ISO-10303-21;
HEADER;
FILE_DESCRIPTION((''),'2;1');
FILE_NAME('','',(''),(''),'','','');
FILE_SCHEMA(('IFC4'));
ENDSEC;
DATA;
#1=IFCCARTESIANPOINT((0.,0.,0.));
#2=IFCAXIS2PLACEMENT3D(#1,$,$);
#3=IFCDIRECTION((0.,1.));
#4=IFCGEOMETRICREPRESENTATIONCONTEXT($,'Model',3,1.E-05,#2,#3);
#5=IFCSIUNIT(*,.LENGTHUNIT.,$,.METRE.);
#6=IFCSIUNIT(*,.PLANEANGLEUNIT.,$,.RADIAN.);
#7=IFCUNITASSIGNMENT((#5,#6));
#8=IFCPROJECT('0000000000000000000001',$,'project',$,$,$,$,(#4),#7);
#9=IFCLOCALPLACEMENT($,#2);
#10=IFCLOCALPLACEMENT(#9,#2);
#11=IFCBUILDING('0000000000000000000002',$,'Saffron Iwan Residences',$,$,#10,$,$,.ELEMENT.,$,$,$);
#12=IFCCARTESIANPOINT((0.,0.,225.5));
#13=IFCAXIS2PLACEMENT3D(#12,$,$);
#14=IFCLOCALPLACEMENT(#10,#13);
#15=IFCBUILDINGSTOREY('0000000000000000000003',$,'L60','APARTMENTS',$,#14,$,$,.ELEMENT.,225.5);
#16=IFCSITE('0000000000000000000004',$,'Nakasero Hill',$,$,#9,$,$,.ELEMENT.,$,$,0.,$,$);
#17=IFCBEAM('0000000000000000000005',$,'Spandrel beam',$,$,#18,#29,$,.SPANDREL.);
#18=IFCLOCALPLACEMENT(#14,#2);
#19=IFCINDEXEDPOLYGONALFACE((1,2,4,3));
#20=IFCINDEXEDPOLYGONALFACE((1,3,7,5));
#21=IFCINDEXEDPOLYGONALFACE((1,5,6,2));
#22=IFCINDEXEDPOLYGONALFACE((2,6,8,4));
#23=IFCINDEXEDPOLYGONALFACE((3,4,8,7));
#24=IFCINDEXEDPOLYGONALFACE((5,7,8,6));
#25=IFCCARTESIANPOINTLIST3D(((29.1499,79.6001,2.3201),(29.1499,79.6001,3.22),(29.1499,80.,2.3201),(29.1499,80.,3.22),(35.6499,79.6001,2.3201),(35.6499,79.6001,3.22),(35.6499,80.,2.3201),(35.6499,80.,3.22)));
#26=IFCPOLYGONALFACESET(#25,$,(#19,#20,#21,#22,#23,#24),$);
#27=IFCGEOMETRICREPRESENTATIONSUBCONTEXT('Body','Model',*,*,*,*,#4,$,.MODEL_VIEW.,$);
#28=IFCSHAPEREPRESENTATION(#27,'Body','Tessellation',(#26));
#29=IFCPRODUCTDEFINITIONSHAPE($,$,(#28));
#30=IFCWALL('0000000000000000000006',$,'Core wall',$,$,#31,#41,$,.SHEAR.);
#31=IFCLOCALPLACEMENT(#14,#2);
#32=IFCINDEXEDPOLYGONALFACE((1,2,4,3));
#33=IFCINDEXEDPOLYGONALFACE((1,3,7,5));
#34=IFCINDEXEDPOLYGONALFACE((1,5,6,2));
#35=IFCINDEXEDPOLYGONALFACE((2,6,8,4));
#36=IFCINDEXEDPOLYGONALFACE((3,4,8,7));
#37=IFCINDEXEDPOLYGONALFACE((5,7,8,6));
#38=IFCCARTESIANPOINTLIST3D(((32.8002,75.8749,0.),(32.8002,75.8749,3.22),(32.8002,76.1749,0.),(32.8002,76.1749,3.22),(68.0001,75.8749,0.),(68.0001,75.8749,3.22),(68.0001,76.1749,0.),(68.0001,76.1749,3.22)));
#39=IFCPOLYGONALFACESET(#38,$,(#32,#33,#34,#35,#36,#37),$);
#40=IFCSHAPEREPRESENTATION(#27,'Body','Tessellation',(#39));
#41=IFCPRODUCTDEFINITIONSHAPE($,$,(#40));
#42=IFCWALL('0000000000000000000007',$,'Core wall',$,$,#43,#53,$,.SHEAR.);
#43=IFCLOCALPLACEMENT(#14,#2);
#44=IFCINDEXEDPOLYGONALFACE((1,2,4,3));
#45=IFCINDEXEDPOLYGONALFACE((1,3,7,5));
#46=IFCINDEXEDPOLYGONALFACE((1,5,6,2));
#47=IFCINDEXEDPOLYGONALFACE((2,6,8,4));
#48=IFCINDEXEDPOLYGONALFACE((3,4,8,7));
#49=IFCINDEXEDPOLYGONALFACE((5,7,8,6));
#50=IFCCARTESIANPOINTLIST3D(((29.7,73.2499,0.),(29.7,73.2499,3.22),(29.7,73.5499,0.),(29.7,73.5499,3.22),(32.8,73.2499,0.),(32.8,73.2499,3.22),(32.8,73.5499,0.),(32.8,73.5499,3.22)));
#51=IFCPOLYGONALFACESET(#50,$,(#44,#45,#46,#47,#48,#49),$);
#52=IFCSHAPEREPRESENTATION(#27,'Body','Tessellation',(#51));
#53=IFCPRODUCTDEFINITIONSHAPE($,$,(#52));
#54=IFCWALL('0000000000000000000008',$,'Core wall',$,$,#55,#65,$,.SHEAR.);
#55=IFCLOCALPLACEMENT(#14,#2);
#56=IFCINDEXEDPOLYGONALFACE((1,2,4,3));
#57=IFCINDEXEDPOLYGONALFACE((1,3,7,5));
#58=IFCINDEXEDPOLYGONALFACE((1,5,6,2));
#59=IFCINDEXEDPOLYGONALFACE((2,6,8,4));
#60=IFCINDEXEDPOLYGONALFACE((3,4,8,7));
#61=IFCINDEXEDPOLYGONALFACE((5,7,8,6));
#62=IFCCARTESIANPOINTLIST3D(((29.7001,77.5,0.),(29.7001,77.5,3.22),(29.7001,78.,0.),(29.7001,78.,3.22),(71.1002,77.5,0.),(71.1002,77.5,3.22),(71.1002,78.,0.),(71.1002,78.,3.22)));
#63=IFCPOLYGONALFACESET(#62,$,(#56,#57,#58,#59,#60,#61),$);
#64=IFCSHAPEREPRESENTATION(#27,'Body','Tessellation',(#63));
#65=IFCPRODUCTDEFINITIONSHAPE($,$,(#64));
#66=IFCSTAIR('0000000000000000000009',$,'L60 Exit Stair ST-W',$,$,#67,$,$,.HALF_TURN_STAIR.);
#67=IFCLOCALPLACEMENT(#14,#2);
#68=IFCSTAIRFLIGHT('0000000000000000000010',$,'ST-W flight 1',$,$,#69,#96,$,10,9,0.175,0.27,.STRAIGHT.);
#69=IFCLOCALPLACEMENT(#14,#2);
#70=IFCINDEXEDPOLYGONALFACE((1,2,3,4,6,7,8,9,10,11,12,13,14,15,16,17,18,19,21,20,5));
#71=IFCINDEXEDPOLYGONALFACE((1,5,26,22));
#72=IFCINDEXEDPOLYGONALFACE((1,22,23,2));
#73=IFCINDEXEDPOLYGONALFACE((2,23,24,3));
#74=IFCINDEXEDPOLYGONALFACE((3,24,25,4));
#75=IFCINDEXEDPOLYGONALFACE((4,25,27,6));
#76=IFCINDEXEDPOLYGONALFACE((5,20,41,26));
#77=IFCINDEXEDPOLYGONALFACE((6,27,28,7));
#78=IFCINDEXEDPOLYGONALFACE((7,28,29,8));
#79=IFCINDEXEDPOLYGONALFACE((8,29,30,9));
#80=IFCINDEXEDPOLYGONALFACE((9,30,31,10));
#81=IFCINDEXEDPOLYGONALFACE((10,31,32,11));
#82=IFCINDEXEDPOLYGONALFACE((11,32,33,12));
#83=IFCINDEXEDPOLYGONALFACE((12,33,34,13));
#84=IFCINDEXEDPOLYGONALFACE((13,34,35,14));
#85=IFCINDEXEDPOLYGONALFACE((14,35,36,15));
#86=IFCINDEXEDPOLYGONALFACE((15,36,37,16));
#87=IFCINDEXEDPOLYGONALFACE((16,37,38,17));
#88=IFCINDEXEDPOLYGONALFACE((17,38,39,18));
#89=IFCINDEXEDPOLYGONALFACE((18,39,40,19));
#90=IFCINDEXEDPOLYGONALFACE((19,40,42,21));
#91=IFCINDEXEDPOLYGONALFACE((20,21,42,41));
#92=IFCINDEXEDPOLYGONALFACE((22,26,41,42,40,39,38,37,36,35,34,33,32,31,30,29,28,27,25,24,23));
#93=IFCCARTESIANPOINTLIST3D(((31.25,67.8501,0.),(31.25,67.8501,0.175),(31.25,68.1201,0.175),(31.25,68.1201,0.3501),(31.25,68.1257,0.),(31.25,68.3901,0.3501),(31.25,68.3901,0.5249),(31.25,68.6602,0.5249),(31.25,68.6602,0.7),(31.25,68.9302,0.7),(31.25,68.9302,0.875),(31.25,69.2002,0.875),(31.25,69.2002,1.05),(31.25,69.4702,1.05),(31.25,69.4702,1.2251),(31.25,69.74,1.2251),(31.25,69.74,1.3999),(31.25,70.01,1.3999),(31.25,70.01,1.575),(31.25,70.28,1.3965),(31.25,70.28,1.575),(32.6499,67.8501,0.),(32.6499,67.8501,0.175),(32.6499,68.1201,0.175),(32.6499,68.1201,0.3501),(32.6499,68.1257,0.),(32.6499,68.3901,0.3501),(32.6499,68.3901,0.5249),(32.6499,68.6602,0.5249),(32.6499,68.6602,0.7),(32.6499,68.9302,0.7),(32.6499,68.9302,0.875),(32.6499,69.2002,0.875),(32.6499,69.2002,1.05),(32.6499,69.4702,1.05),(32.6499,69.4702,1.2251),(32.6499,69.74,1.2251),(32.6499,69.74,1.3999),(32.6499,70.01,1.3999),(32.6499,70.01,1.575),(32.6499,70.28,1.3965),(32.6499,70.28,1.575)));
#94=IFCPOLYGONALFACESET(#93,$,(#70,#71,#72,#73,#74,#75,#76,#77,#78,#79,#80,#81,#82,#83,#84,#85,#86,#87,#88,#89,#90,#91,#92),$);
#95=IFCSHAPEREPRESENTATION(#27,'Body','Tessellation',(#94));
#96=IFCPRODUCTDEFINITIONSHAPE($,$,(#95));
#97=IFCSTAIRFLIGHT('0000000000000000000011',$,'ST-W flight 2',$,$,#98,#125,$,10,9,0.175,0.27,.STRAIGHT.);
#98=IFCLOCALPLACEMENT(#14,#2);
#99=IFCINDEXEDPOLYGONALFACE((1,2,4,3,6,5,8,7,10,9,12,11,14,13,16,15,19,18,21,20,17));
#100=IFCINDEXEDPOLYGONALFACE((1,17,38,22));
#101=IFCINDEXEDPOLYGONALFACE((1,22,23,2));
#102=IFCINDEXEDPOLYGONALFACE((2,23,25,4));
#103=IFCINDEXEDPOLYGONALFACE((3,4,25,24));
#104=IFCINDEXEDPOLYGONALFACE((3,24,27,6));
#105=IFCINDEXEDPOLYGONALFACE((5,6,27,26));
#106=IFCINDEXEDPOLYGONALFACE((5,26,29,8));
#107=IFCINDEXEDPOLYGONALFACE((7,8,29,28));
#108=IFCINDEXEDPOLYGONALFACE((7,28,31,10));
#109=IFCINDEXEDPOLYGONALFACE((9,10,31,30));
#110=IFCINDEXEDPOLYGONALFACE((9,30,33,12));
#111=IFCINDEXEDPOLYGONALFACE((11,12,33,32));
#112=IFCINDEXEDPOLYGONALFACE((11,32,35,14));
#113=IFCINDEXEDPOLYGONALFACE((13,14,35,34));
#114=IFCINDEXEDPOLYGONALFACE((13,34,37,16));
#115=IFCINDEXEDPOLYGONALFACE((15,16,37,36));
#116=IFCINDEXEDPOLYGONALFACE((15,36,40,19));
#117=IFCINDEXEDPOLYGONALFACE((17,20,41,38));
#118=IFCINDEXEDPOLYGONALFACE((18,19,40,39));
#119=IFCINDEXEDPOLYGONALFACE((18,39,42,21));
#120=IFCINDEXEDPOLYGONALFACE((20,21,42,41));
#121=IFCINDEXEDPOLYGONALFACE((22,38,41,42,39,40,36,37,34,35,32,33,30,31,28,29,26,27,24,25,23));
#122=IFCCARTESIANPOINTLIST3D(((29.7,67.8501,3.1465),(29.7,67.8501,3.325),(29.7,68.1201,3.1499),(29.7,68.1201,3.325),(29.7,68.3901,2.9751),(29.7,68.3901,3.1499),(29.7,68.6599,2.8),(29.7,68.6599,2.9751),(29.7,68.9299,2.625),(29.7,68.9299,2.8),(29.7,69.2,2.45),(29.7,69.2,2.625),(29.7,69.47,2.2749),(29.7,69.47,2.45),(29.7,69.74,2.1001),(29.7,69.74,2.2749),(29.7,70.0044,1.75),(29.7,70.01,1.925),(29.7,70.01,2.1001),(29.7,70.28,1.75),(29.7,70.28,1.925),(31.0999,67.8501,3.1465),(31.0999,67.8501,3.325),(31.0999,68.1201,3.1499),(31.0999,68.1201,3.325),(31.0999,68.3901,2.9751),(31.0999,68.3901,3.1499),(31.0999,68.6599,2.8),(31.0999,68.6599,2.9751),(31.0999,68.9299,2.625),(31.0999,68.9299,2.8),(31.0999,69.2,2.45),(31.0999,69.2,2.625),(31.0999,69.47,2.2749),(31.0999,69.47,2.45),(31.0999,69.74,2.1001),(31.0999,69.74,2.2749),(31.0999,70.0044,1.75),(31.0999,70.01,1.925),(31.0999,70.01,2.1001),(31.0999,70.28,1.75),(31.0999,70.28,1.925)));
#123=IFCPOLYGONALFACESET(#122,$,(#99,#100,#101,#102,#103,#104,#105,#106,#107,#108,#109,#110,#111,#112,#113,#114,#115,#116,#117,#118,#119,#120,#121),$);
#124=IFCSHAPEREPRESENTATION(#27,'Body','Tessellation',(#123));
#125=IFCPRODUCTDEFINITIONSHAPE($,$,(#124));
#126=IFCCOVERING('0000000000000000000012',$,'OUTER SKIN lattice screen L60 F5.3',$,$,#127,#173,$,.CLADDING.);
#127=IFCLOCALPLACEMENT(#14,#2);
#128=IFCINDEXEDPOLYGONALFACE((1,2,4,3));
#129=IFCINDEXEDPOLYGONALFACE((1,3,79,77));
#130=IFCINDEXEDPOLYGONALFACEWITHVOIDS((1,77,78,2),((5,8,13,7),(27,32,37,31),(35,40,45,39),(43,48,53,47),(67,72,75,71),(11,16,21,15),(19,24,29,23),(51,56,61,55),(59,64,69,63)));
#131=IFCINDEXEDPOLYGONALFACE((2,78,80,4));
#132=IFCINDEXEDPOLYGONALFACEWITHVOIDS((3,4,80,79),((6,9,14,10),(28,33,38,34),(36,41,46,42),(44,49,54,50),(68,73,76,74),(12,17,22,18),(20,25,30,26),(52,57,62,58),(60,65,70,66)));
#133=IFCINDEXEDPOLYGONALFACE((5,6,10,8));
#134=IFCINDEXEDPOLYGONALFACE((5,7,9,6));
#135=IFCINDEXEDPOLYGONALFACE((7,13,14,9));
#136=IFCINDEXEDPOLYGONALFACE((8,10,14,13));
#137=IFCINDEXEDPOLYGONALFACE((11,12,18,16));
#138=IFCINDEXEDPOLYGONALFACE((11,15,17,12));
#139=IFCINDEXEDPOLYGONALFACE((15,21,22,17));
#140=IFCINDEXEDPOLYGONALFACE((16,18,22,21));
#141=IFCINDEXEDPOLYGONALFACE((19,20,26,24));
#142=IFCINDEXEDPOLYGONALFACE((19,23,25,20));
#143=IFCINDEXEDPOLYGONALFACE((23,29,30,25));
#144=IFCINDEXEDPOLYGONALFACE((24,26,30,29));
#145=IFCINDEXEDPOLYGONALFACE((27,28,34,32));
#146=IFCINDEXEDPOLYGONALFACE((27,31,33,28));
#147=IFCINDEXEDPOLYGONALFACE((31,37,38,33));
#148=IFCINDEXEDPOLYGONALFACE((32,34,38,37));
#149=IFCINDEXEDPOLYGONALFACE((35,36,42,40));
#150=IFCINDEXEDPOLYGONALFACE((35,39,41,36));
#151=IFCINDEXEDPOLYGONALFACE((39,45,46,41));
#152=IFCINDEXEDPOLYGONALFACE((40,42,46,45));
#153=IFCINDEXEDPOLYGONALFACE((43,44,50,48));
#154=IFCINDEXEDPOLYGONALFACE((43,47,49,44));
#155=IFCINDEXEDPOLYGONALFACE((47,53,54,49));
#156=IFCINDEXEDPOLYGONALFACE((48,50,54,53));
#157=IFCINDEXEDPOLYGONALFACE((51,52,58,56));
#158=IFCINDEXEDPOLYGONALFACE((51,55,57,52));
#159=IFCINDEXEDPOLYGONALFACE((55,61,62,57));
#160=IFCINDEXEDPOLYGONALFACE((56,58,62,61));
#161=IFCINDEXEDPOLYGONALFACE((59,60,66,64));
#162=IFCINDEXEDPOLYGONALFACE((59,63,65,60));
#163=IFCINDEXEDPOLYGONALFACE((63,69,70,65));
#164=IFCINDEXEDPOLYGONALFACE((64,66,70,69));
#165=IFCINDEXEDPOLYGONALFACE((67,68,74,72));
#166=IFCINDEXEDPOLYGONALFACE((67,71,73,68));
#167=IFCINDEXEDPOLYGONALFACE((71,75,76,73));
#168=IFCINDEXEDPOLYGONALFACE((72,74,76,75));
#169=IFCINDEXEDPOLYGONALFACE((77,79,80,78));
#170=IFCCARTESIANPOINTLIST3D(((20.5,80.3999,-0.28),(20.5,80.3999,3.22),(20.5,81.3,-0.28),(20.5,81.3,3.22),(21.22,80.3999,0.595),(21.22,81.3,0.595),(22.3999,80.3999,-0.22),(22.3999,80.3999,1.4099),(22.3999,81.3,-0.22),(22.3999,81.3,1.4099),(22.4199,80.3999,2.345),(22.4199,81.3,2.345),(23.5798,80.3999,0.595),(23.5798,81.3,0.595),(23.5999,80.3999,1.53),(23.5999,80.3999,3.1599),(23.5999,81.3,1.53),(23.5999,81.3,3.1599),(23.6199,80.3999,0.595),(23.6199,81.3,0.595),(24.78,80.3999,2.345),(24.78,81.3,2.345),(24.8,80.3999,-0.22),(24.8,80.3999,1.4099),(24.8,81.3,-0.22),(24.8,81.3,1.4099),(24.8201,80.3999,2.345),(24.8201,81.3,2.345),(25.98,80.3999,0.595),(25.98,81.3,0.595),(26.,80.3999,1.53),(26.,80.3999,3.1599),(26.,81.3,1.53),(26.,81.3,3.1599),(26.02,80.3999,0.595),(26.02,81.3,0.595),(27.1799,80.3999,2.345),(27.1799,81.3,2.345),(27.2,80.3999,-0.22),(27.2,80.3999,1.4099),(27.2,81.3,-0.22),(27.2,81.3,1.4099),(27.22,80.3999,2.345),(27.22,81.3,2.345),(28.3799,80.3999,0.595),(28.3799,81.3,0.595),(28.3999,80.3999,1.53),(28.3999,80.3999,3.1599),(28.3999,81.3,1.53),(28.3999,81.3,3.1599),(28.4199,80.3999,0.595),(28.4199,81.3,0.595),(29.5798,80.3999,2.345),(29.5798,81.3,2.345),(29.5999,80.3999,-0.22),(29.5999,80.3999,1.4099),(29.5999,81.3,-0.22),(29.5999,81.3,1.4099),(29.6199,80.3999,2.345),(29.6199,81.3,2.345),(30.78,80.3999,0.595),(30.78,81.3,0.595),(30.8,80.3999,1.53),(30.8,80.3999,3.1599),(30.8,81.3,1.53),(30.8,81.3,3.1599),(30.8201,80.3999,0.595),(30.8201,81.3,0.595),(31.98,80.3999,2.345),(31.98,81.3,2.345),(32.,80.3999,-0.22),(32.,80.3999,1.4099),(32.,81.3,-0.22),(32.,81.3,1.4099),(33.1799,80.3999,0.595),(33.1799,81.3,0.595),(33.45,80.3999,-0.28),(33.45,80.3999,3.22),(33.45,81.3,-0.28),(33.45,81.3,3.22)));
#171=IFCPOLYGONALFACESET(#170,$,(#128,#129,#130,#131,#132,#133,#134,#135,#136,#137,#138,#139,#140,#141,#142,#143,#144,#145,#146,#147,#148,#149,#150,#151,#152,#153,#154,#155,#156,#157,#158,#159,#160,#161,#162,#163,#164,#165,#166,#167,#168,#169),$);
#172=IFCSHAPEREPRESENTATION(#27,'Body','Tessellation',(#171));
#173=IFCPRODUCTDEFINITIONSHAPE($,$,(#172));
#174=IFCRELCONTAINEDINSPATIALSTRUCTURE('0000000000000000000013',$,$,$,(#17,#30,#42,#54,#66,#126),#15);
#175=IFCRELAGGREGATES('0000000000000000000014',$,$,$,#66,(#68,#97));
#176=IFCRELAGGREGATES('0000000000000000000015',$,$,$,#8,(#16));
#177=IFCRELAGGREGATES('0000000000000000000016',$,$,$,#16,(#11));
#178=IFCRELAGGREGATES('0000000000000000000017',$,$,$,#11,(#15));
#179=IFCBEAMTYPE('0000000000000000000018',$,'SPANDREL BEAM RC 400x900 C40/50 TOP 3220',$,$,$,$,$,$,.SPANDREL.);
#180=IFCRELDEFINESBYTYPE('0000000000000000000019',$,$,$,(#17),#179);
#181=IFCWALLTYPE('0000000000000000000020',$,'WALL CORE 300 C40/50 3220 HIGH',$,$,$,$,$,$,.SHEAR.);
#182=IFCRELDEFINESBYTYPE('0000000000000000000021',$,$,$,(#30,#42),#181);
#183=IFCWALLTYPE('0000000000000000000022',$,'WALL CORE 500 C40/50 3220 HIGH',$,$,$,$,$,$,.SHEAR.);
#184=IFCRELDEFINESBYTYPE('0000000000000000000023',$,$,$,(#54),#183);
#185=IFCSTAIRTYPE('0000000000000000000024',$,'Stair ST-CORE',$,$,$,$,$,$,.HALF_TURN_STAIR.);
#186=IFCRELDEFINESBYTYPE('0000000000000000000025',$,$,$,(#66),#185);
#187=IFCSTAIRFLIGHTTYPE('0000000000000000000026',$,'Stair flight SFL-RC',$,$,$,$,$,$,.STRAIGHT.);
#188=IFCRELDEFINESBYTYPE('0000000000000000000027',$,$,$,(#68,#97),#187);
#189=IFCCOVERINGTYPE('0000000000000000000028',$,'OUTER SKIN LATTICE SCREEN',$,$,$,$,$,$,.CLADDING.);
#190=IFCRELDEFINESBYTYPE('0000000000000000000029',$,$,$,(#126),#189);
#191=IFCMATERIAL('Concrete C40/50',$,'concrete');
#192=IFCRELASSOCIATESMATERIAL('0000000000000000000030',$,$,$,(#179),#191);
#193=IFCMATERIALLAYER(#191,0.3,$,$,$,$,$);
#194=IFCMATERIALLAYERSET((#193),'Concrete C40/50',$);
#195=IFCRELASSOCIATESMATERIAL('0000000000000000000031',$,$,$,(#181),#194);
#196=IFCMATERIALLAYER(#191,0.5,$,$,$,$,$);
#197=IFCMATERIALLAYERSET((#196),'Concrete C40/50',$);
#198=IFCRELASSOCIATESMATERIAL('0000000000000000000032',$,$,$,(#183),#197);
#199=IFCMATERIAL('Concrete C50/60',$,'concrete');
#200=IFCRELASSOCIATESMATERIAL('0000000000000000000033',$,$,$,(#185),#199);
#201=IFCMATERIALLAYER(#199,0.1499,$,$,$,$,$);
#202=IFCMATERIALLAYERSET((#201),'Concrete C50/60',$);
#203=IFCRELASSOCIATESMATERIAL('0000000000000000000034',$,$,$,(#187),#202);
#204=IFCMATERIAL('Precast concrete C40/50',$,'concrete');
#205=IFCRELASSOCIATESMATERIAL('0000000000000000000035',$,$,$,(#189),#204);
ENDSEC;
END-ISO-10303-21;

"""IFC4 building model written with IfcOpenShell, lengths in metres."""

from ifc_helpers import new_model, si_unit, direction, frame, frame_2d, origin, origin_2d, place, context, subcontext, project, spatial, polyline, rectangle, outline, extrude, source, transform, mapped, material, layer, layer_set, material_profile, profile_set, type_object, element, aggregate, save


model = new_model("IFC4")

# Units and contexts
model_context = context("Model", 3, precision=1e-05, world=origin(), true_north=direction((0.0, 1.0)))
body_context = subcontext(model_context, "Body", "Model", "MODEL_VIEW")
ifc_project = project(units=[si_unit("LENGTHUNIT", "METRE"), si_unit("PLANEANGLEUNIT", "RADIAN")], contexts=[model_context])

# Site, building, storey
site_placement = place(None, origin())
site = spatial("IfcSite", under=ifc_project, at=site_placement, Name="Nakasero Hill", CompositionType="ELEMENT", RefElevation=0.0)
building_placement = place(site_placement, origin())
building = spatial("IfcBuilding", under=site, at=building_placement, Name="Saffron Iwan Residences", CompositionType="ELEMENT")
storey_placement = place(building_placement, frame((0.0, 0.0, 225.5)))
storey = spatial("IfcBuildingStorey", under=building, at=storey_placement, Name="L60", Description="APARTMENTS", CompositionType="ELEMENT", Elevation=225.5)

# Beam
ifc_material_1 = material(Name="Concrete C40/50", Category="concrete")
ifc_material_profile = material_profile(ifc_material_1, rectangle(XDim=0.3999, YDim=0.8999, at=origin_2d()), Name="RC 400x900")
ifc_profile_set = profile_set([ifc_material_profile], Name="Concrete C40/50")
beam_type = type_object("IfcBeamType", Name="SPANDREL BEAM RC 400x900 C40/50 TOP 3220", PredefinedType="SPANDREL", material=ifc_profile_set)
shared_shape = source(origin(), body_context, "Body", "SweptSolid", [
    extrude(rectangle(XDim=0.3999, YDim=0.8999, at=origin_2d()), origin(), (0.0, 0.0, 1.0), 6.5),
])
beam_placement = place(storey_placement, frame((29.1499, 79.8, 2.77), z_axis=(1.0, 0.0, 0.0), x_axis=(0.0, 1.0, 0.0)))
element("IfcBeam", 1, at=beam_placement, inside=storey, type_object=beam_type, Name="Spandrel beam", PredefinedType="SPANDREL", context=body_context, shape_type="MappedRepresentation", body=[
    mapped(shared_shape, transform((0.0, 0.0, 0.0))),
])

# Shared definitions
ifc_layer_1 = layer(ifc_material_1, 0.3)
ifc_layer_set_1 = layer_set([ifc_layer_1], Name="Concrete C40/50")
wall_type_1 = type_object("IfcWallType", Name="WALL CORE 300 C40/50 3220 HIGH", PredefinedType="SHEAR", material=ifc_layer_set_1)

# Walls
wall_1_placement = place(storey_placement, frame((32.8, 76.0249, 0.0), z_axis=(0.0, 0.0, 1.0), x_axis=(1.0, 0.0, 0.0)))
element("IfcWall", 2, at=wall_1_placement, inside=storey, type_object=wall_type_1, Name="Core wall", PredefinedType="SHEAR", context=body_context, shape_type="SweptSolid", body=[
    extrude(rectangle(XDim=35.2, YDim=0.3, at=frame_2d((17.6001, 0.0))), origin(), (0.0, 0.0, 1.0), 3.22),
])
wall_2_placement = place(storey_placement, frame((29.7, 73.3999, 0.0), z_axis=(0.0, 0.0, 1.0), x_axis=(1.0, 0.0, 0.0)))
element("IfcWall", 3, at=wall_2_placement, inside=storey, type_object=wall_type_1, Name="Core wall", PredefinedType="SHEAR", context=body_context, shape_type="SweptSolid", body=[
    extrude(rectangle(XDim=3.1001, YDim=0.3, at=frame_2d((1.55, 0.0))), origin(), (0.0, 0.0, 1.0), 3.22),
])
ifc_layer_2 = layer(ifc_material_1, 0.5)
ifc_layer_set_2 = layer_set([ifc_layer_2], Name="Concrete C40/50")
wall_type_2 = type_object("IfcWallType", Name="WALL CORE 500 C40/50 3220 HIGH", PredefinedType="SHEAR", material=ifc_layer_set_2)
wall_3_placement = place(storey_placement, frame((29.7, 77.75, 0.0), z_axis=(0.0, 0.0, 1.0), x_axis=(1.0, 0.0, 0.0)))
element("IfcWall", 4, at=wall_3_placement, inside=storey, type_object=wall_type_2, Name="Core wall", PredefinedType="SHEAR", context=body_context, shape_type="SweptSolid", body=[
    extrude(rectangle(XDim=41.4001, YDim=0.5, at=frame_2d((20.7002, 0.0))), origin(), (0.0, 0.0, 1.0), 3.22),
])

# Stair, stair flights
ifc_material_2 = material(Name="Concrete C50/60", Category="concrete")
stair_type = type_object("IfcStairType", Name="Stair ST-CORE", PredefinedType="HALF_TURN_STAIR", material=ifc_material_2)
stair_placement = place(storey_placement, origin())
stair = element("IfcStair", 5, at=stair_placement, inside=storey, type_object=stair_type, Name="L60 Exit Stair ST-W", PredefinedType="HALF_TURN_STAIR")
ifc_layer_3 = layer(ifc_material_2, 0.1499)
ifc_layer_set_3 = layer_set([ifc_layer_3], Name="Concrete C50/60")
stair_flight_type = type_object("IfcStairFlightType", Name="Stair flight SFL-RC", PredefinedType="STRAIGHT", material=ifc_layer_set_3)
stair_flight_1_placement = place(storey_placement, frame((31.95, 67.8501, 0.0), z_axis=(0.0, 0.0, 1.0), x_axis=(0.0, 1.0, 0.0)))
stair_flight_1 = element("IfcStairFlight", 6, at=stair_flight_1_placement, type_object=stair_flight_type, Name="ST-W flight 1", NumberOfRisers=10, NumberOfTreads=9, PredefinedType="STRAIGHT", RiserHeight=0.175, TreadLength=0.27, context=body_context, shape_type="SweptSolid", body=[
    extrude(outline(polyline([(0.0, 0.0), (0.0, 0.175), (0.27, 0.175), (0.27, 0.3501), (0.54, 0.3501), (0.54, 0.5249), (0.8101, 0.5249), (0.8101, 0.7), (1.0801, 0.7), (1.0801, 0.875), (1.3501, 0.875), (1.3501, 1.05), (1.6201, 1.05), (1.6201, 1.2251), (1.8899, 1.2251), (1.8899, 1.3999), (2.1599, 1.3999), (2.1599, 1.575), (2.4299, 1.575), (2.4299, 1.75), (2.4299, 1.3965), (0.2756, 0.0), (0.0, 0.0)])), frame((0.0, 0.7, 0.0), z_axis=(0.0, -1.0, 0.0), x_axis=(1.0, 0.0, 0.0)), (0.0, 0.0, 1.0), 1.3999),
])
stair_flight_2_placement = place(storey_placement, frame((30.3999, 70.28, 1.75), z_axis=(0.0, 0.0, 1.0), x_axis=(0.0, -1.0, 0.0)))
stair_flight_2 = element("IfcStairFlight", 7, at=stair_flight_2_placement, type_object=stair_flight_type, Name="ST-W flight 2", NumberOfRisers=10, NumberOfTreads=9, PredefinedType="STRAIGHT", RiserHeight=0.175, TreadLength=0.27, context=body_context, shape_type="SweptSolid", body=[
    extrude(outline(polyline([(0.0, 0.0), (0.0, 0.175), (0.27, 0.175), (0.27, 0.3501), (0.54, 0.3501), (0.54, 0.5249), (0.8101, 0.5249), (0.8101, 0.7), (1.0801, 0.7), (1.0801, 0.875), (1.3501, 0.875), (1.3501, 1.05), (1.6201, 1.05), (1.6201, 1.2251), (1.8899, 1.2251), (1.8899, 1.3999), (2.1599, 1.3999), (2.1599, 1.575), (2.4299, 1.575), (2.4299, 1.75), (2.4299, 1.3965), (0.2756, 0.0), (0.0, 0.0)])), frame((0.0, 0.7, 0.0), z_axis=(0.0, -1.0, 0.0), x_axis=(1.0, 0.0, 0.0)), (0.0, 0.0, 1.0), 1.3999),
])
aggregate(stair, [stair_flight_1, stair_flight_2])

# Covering
ifc_material_3 = material(Name="Precast concrete C40/50", Category="concrete")
covering_type = type_object("IfcCoveringType", Name="OUTER SKIN LATTICE SCREEN", PredefinedType="CLADDING", material=ifc_material_3)
covering_placement = place(storey_placement, frame((33.45, 80.3999, -0.28), z_axis=(0.0, 1.0, 0.0), x_axis=(-1.0, 0.0, 0.0)))
element("IfcCovering", 8, at=covering_placement, inside=storey, type_object=covering_type, Name="OUTER SKIN lattice screen L60 F5.3", PredefinedType="CLADDING", context=body_context, shape_type="SweptSolid", body=[
    extrude(outline(polyline([(0.0, 0.0), (12.95, 0.0), (12.95, 3.5), (0.0, 3.5), (0.0, 0.0)]), holes=[polyline([(0.27, 0.875), (1.45, 0.0601), (2.6299, 0.875), (1.45, 1.6899), (0.27, 0.875)]), polyline([(2.6699, 0.875), (3.8501, 0.0601), (5.03, 0.875), (3.8501, 1.6899), (2.6699, 0.875)]), polyline([(5.0701, 0.875), (6.25, 0.0601), (7.4299, 0.875), (6.25, 1.6899), (5.0701, 0.875)]), polyline([(7.47, 0.875), (8.6499, 0.0601), (9.8301, 0.875), (8.6499, 1.6899), (7.47, 0.875)]), polyline([(9.8701, 0.875), (11.05, 0.0601), (12.23, 0.875), (11.05, 1.6899), (9.8701, 0.875)]), polyline([(1.47, 2.625), (2.6499, 1.8101), (3.8301, 2.625), (2.6499, 3.4399), (1.47, 2.625)]), polyline([(3.8701, 2.625), (5.05, 1.8101), (6.23, 2.625), (5.05, 3.4399), (3.8701, 2.625)]), polyline([(6.27, 2.625), (7.45, 1.8101), (8.6299, 2.625), (7.45, 3.4399), (6.27, 2.625)]), polyline([(8.6699, 2.625), (9.8501, 1.8101), (11.03, 2.625), (9.8501, 3.4399), (8.6699, 2.625)])]), origin(), (0.0, 0.0, 1.0), 0.9001),
])

save(model, "model.ifc")
